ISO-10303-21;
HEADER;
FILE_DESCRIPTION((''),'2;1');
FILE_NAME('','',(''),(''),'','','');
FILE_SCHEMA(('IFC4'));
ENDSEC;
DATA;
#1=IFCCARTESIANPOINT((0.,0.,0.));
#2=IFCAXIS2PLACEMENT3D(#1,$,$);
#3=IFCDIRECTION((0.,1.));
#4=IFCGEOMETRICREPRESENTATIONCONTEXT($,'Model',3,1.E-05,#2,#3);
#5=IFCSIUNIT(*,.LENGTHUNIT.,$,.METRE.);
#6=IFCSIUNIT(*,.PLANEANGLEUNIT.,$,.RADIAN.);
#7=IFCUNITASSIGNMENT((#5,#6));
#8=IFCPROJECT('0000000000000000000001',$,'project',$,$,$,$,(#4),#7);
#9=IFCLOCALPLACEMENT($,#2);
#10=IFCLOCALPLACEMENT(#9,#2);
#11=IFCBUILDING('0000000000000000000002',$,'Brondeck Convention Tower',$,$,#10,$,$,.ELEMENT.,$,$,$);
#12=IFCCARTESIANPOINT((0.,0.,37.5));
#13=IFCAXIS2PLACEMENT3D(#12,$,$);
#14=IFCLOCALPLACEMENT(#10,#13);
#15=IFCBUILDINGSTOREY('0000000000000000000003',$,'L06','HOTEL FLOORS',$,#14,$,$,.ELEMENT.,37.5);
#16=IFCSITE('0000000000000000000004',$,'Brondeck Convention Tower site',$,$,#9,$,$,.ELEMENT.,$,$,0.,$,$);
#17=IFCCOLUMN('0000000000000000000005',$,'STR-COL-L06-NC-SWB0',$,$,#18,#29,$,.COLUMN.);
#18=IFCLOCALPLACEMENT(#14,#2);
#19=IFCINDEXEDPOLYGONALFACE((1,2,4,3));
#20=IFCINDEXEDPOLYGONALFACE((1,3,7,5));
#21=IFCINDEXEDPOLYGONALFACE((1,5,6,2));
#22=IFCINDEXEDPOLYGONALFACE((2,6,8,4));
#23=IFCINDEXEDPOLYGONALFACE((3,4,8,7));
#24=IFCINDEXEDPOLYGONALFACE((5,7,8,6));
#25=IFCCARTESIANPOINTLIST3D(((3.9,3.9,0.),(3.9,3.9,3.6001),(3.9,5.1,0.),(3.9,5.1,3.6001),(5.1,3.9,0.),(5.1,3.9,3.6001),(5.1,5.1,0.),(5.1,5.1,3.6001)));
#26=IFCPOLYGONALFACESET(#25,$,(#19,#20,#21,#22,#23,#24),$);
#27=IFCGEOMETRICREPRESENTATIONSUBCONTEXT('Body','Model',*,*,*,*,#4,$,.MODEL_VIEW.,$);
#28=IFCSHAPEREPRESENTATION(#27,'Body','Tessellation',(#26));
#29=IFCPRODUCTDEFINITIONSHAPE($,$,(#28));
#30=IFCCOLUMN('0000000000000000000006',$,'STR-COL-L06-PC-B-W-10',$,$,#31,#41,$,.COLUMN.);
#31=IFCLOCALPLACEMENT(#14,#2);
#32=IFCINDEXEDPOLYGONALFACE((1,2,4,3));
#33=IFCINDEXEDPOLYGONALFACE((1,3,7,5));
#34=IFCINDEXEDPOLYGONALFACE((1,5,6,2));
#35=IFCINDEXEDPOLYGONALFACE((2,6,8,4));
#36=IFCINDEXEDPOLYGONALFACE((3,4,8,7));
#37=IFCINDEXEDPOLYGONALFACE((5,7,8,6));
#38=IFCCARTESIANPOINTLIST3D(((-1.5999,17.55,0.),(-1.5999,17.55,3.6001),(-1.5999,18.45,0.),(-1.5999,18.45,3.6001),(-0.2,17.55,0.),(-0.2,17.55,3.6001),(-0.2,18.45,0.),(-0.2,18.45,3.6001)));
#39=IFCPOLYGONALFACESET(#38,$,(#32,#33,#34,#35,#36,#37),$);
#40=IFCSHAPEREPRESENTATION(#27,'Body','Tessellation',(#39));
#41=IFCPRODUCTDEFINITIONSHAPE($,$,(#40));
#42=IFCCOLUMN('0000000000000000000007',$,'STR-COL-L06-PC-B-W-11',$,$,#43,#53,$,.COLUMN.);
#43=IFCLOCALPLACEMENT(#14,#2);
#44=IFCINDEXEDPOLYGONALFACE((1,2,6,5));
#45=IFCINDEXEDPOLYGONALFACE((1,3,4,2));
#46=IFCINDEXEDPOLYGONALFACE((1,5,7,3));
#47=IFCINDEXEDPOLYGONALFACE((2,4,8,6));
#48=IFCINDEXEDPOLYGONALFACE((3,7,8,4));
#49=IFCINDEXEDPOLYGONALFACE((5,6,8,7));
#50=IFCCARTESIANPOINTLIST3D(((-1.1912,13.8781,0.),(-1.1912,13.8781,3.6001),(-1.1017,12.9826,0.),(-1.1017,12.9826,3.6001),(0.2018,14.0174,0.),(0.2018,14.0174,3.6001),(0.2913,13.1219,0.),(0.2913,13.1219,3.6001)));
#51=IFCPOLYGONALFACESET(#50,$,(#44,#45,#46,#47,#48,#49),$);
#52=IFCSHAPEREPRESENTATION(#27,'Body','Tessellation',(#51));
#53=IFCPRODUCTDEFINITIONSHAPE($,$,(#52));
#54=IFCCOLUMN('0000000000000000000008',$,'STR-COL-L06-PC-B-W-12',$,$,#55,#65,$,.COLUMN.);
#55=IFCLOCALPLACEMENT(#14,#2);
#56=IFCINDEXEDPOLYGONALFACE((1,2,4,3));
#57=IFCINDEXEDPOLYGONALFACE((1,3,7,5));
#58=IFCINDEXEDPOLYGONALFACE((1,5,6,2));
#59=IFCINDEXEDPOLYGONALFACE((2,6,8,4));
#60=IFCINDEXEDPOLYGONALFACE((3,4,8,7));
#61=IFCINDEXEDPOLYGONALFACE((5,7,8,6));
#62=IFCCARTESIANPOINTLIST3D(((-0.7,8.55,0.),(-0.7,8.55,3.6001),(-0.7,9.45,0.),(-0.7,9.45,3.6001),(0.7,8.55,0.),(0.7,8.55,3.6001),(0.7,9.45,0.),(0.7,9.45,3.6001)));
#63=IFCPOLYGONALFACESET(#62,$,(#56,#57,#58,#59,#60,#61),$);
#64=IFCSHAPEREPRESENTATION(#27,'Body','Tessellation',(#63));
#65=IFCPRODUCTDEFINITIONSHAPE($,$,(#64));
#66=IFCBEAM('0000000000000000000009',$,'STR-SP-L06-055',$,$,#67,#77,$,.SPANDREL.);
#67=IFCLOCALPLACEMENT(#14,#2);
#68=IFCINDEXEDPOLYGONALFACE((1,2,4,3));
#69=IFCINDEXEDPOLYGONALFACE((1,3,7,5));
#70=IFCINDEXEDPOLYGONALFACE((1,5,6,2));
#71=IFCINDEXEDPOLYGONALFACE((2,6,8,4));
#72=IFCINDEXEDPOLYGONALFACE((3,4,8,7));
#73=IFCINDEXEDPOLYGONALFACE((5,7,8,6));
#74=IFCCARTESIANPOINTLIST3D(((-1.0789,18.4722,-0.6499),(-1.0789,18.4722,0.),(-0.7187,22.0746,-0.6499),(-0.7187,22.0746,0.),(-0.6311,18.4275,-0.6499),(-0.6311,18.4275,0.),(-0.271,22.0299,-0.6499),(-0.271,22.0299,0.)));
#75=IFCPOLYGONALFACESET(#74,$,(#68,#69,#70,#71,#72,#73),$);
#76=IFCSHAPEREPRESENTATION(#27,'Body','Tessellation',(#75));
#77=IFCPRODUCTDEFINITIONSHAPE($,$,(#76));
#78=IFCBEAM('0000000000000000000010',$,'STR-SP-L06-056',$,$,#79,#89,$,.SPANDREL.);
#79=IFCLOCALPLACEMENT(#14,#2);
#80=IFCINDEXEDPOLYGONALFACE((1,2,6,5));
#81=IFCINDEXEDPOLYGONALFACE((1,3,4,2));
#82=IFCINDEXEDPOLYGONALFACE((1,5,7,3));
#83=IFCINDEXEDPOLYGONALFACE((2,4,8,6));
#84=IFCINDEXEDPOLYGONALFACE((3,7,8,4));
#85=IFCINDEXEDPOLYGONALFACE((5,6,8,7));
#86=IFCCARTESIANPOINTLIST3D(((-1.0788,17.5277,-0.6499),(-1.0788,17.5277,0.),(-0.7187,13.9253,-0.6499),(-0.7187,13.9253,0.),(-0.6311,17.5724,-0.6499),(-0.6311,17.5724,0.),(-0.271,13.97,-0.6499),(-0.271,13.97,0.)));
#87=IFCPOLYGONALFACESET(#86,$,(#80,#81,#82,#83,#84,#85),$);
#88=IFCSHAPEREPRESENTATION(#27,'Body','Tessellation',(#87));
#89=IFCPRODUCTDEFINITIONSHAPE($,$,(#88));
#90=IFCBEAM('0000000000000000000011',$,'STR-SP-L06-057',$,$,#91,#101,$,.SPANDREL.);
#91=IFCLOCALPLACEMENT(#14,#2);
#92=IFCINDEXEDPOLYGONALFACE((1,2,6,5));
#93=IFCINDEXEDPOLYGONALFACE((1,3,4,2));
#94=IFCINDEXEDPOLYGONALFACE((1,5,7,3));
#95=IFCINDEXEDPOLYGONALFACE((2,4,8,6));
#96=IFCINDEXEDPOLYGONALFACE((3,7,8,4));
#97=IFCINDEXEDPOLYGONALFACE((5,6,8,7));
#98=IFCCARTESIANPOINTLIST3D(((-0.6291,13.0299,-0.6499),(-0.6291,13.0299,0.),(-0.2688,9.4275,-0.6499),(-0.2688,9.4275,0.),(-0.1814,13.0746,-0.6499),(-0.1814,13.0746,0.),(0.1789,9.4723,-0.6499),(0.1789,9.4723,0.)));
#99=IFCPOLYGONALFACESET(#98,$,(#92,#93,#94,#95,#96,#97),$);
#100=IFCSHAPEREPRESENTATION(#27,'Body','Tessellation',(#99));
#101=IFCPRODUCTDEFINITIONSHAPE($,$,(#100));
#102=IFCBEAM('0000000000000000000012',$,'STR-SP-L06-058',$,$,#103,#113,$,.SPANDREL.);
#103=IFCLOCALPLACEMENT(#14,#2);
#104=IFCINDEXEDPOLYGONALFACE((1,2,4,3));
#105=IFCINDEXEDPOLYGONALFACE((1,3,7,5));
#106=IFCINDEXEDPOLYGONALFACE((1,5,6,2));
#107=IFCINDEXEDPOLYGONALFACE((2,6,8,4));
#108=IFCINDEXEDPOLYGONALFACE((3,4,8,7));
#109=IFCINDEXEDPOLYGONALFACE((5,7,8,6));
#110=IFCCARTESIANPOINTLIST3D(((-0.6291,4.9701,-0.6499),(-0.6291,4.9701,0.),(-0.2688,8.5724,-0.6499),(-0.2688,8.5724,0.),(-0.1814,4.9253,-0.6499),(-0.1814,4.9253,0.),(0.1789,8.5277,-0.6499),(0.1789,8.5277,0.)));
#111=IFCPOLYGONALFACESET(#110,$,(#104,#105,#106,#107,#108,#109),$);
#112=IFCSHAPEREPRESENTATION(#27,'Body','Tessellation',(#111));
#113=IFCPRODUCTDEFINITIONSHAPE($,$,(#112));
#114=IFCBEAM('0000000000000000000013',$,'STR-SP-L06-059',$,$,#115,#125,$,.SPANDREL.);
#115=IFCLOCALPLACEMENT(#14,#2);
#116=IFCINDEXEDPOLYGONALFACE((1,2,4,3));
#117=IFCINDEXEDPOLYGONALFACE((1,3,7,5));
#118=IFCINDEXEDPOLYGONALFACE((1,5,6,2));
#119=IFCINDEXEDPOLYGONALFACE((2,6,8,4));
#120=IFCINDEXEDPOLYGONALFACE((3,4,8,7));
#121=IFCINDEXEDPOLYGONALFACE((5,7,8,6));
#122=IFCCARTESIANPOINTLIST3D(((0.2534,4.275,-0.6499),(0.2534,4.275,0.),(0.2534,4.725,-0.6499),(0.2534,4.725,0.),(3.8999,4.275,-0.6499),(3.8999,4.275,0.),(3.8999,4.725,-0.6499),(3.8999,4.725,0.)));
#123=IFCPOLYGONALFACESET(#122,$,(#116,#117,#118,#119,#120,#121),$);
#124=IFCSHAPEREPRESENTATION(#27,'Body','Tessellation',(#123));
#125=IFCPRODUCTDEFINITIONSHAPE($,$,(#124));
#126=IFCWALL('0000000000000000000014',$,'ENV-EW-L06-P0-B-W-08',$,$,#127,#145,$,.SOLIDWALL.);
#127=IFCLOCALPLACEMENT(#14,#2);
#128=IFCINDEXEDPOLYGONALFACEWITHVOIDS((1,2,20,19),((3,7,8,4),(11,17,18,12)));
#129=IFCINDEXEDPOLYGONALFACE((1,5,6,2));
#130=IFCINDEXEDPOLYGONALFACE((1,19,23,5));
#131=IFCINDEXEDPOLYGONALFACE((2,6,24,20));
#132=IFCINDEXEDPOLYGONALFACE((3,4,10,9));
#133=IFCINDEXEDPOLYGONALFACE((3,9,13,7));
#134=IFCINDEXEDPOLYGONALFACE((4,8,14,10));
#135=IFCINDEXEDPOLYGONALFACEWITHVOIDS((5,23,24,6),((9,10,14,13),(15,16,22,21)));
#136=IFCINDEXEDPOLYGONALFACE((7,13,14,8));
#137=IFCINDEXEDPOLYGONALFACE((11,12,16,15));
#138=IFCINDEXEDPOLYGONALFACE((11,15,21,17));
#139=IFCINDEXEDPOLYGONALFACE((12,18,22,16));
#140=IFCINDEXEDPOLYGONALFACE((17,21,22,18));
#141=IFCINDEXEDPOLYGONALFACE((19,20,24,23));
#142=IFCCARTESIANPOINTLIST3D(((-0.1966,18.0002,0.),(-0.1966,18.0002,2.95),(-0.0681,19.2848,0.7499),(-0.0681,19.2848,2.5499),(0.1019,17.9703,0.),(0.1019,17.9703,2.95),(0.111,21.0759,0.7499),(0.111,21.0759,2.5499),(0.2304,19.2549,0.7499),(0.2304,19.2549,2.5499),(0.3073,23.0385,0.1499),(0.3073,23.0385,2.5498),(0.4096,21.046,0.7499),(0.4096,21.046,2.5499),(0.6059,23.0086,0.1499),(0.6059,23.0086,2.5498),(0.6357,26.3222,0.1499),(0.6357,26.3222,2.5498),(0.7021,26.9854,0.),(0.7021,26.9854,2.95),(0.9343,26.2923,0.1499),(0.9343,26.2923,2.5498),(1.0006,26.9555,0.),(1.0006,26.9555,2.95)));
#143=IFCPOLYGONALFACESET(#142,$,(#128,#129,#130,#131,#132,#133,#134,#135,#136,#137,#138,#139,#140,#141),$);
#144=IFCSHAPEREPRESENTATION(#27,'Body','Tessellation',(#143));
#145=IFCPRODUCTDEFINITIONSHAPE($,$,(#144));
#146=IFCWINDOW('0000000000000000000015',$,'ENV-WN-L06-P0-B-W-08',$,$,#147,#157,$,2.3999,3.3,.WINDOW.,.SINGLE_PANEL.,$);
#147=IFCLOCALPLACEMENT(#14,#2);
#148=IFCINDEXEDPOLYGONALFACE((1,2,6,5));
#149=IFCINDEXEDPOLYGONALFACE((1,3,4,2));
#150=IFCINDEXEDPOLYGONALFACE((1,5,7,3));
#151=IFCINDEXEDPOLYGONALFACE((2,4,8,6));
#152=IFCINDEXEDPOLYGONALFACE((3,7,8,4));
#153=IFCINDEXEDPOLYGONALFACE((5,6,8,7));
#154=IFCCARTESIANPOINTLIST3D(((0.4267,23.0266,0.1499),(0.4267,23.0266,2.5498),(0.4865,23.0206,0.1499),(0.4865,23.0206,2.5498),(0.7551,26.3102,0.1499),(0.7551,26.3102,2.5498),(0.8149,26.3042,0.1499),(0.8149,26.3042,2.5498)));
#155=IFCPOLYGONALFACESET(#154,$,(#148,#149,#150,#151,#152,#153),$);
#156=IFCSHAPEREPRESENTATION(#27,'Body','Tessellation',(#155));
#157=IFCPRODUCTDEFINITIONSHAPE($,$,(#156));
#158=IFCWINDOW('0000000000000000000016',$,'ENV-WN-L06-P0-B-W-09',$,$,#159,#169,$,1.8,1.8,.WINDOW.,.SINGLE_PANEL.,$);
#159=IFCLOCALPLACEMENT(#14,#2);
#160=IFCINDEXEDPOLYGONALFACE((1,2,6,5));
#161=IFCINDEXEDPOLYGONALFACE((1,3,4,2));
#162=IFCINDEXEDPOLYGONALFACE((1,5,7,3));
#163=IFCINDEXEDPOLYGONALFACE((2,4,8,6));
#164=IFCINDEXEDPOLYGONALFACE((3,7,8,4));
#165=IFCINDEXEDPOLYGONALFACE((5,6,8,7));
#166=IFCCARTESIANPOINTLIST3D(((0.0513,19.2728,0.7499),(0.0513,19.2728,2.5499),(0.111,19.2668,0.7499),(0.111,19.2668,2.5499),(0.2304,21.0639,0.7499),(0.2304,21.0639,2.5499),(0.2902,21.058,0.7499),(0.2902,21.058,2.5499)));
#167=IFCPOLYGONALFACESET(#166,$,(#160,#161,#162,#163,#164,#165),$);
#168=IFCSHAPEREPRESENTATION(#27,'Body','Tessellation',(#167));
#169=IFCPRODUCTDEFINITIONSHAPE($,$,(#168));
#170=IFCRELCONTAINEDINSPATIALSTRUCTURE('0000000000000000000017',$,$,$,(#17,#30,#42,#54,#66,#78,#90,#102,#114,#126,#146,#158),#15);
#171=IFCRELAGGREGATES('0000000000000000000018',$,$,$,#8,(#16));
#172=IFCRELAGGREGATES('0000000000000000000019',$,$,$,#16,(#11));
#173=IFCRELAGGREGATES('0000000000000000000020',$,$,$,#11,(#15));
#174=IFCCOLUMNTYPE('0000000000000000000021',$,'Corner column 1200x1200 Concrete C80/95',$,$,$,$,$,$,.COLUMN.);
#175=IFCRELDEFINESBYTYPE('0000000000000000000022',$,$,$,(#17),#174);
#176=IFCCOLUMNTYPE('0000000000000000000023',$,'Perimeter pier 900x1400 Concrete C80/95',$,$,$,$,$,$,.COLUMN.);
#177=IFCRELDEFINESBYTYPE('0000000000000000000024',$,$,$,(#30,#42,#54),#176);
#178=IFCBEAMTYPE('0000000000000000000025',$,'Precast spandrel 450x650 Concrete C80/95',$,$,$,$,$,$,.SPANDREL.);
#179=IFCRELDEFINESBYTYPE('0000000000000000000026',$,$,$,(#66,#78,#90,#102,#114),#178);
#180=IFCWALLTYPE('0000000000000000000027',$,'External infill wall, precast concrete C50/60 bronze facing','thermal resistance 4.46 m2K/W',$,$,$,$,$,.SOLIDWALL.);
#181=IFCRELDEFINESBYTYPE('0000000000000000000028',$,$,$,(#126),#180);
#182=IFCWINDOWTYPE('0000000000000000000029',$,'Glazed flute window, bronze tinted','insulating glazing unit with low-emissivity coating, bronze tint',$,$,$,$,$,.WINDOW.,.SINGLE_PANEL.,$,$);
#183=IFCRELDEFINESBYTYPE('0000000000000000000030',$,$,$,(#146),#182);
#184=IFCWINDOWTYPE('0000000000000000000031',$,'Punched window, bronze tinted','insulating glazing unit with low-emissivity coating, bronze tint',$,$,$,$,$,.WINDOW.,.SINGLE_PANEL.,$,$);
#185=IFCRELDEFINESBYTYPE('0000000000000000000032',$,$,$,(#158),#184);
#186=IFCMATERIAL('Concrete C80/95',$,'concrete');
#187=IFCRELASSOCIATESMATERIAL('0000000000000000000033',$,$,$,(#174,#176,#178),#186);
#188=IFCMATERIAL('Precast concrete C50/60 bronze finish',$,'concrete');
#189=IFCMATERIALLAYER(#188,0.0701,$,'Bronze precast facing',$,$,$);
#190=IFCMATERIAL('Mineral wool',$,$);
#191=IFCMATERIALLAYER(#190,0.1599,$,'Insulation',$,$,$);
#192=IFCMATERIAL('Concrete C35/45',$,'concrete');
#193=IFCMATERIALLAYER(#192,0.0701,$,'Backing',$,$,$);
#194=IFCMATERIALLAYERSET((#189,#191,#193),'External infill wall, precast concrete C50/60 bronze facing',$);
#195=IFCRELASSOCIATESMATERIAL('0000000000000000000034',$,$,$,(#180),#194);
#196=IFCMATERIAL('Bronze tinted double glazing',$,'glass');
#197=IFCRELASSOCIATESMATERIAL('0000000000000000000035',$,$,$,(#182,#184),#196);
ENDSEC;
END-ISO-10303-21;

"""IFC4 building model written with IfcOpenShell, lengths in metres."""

from ifc_helpers import new_model, si_unit, direction, frame, frame_2d, origin, origin_2d, place, context, subcontext, project, spatial, rectangle, extrude, material, layer, layer_set, material_profile, profile_set, type_object, element, fill, save


model = new_model("IFC4")

# Units and contexts
model_context = context("Model", 3, precision=1e-05, world=origin(), true_north=direction((0.0, 1.0)))
body_context = subcontext(model_context, "Body", "Model", "MODEL_VIEW")
ifc_project = project(units=[si_unit("LENGTHUNIT", "METRE"), si_unit("PLANEANGLEUNIT", "RADIAN")], contexts=[model_context])

# Site, building, storey
site_placement = place(None, origin())
site = spatial("IfcSite", under=ifc_project, at=site_placement, Name="Brondeck Convention Tower site", CompositionType="ELEMENT", RefElevation=0.0)
building_placement = place(site_placement, origin())
building = spatial("IfcBuilding", under=site, at=building_placement, Name="Brondeck Convention Tower", CompositionType="ELEMENT")
storey_placement = place(building_placement, frame((0.0, 0.0, 37.5)))
storey = spatial("IfcBuildingStorey", under=building, at=storey_placement, Name="L06", Description="HOTEL FLOORS", CompositionType="ELEMENT", Elevation=37.5)

# Columns
ifc_material_1 = material(Name="Concrete C80/95", Category="concrete")
ifc_material_profile_1 = material_profile(ifc_material_1, rectangle(XDim=1.2, YDim=1.2, at=origin_2d()), Name="Corner column 1200x1200 Concrete C80/95")
ifc_profile_set_1 = profile_set([ifc_material_profile_1], Name="Concrete C80/95")
column_type_1 = type_object("IfcColumnType", Name="Corner column 1200x1200 Concrete C80/95", PredefinedType="COLUMN", material=ifc_profile_set_1)
column_placement = place(storey_placement, frame((4.5, 4.5, 0.0), z_axis=(0.0, 0.0, 1.0), x_axis=(1.0, 0.0, 0.0)))
element("IfcColumn", 1, at=column_placement, inside=storey, type_object=column_type_1, Name="STR-COL-L06-NC-SWB0", PredefinedType="COLUMN", context=body_context, shape_type="SweptSolid", body=[
    extrude(rectangle(XDim=1.2, YDim=1.2, at=origin_2d()), origin(), (0.0, 0.0, 1.0), 3.6001),
])
ifc_material_profile_2 = material_profile(ifc_material_1, rectangle(XDim=0.8999, YDim=1.3999, at=origin_2d()), Name="Perimeter pier 900x1400 Concrete C80/95")
ifc_profile_set_2 = profile_set([ifc_material_profile_2], Name="Concrete C80/95")
column_type_2 = type_object("IfcColumnType", Name="Perimeter pier 900x1400 Concrete C80/95", PredefinedType="COLUMN", material=ifc_profile_set_2)
for number, where, z_axis, x_axis, name in (
    (2, (-0.8999, 18.0, 0.0), (0.0, 0.0, 1.0), (0.0, -1.0, 0.0), "STR-COL-L06-PC-B-W-10"),
    (3, (-0.45, 13.5, 0.0), (0.0, 0.0, 1.0), (0.099504, -0.995037, 0.0), "STR-COL-L06-PC-B-W-11"),
    (4, (0.0, 9.0, 0.0), (0.0, 0.0, 1.0), (0.0, -1.0, 0.0), "STR-COL-L06-PC-B-W-12"),
):
    element("IfcColumn", number, at=place(storey_placement, frame(where, z_axis=z_axis, x_axis=x_axis)), inside=storey, type_object=column_type_2, Name=name, PredefinedType="COLUMN", context=body_context, shape_type="SweptSolid", body=[
        extrude(rectangle(XDim=0.8999, YDim=1.3999, at=origin_2d()), origin(), (0.0, 0.0, 1.0), 3.6001),
    ])

# Beams
ifc_material_profile_3 = material_profile(ifc_material_1, rectangle(XDim=0.45, YDim=0.6499, at=origin_2d()), Name="Precast spandrel 450x650 Concrete C80/95")
ifc_profile_set_3 = profile_set([ifc_material_profile_3], Name="Concrete C80/95")
beam_type = type_object("IfcBeamType", Name="Precast spandrel 450x650 Concrete C80/95", PredefinedType="SPANDREL", material=ifc_profile_set_3)
for number, where, z_axis, x_axis, name in (
    (5, (-0.4949, 22.0522, -0.325), (-0.09947, -0.995041, 0.0), (0.995041, -0.09947, 0.0), "STR-SP-L06-055"),
    (6, (-0.855, 17.55, -0.325), (0.09947, -0.995041, 0.0), (0.995041, 0.09947, 0.0), "STR-SP-L06-056"),
    (7, (-0.4053, 13.0522, -0.325), (0.099537, -0.995034, 0.0), (0.995034, 0.099537, 0.0), "STR-SP-L06-057"),
    (8, (-0.0449, 8.55, -0.325), (-0.099537, -0.995034, 0.0), (0.995034, -0.099537, 0.0), "STR-SP-L06-058"),
):
    element("IfcBeam", number, at=place(storey_placement, frame(where, z_axis=z_axis, x_axis=x_axis)), inside=storey, type_object=beam_type, Name=name, PredefinedType="SPANDREL", context=body_context, shape_type="SweptSolid", body=[
        extrude(rectangle(XDim=0.45, YDim=0.6499, at=origin_2d()), origin(), (0.0, 0.0, 1.0), 3.6204),
    ])
beam_placement = place(storey_placement, frame((0.2534, 4.5, -0.325), z_axis=(1.0, 0.0, 0.0), x_axis=(0.0, 1.0, 0.0)))
element("IfcBeam", 9, at=beam_placement, inside=storey, type_object=beam_type, Name="STR-SP-L06-059", PredefinedType="SPANDREL", context=body_context, shape_type="SweptSolid", body=[
    extrude(rectangle(XDim=0.45, YDim=0.6499, at=origin_2d()), origin(), (0.0, 0.0, 1.0), 3.6465),
])

# Wall, openings, windows
ifc_material_2 = material(Name="Precast concrete C50/60 bronze finish", Category="concrete")
ifc_layer_1 = layer(ifc_material_2, 0.0701, Name="Bronze precast facing")
ifc_material_3 = material(Name="Mineral wool")
ifc_layer_2 = layer(ifc_material_3, 0.1599, Name="Insulation")
ifc_material_4 = material(Name="Concrete C35/45", Category="concrete")
ifc_layer_3 = layer(ifc_material_4, 0.0701, Name="Backing")
ifc_layer_set_1 = layer_set([ifc_layer_1, ifc_layer_2, ifc_layer_3], Name="External infill wall, precast concrete C50/60 bronze facing")
wall_type_1 = type_object("IfcWallType", Name="External infill wall, precast concrete C50/60 bronze facing", Description="thermal resistance 4.46 m2K/W", PredefinedType="SOLIDWALL", material=ifc_layer_set_1)
wall_1_placement = place(storey_placement, frame((-0.0474, 17.9851, 0.0), z_axis=(0.0, 0.0, 1.0), x_axis=(0.099522, 0.995035, 0.0)))
wall_1 = element("IfcWall", 10, at=wall_1_placement, inside=storey, type_object=wall_type_1, Name="ENV-EW-L06-P0-B-W-08", PredefinedType="SOLIDWALL", context=body_context, shape_type="SweptSolid", body=[
    extrude(rectangle(XDim=9.03, YDim=0.3, at=frame_2d((4.5151, 0.0))), origin(), (0.0, 0.0, 1.0), 2.95),
])
opening_1_placement = place(wall_1_placement, frame((1.2913, 0.0, 0.75)))
opening_1 = element("IfcOpeningElement", 11, at=opening_1_placement, cuts=wall_1, PredefinedType="OPENING", context=body_context, shape_type="SweptSolid", body=[
    extrude(rectangle(XDim=1.8, YDim=1.8, at=frame_2d((0.8999, 0.8999))), frame((0.0, 0.1599, 0.0), z_axis=(0.0, -1.0, 0.0), x_axis=(1.0, 0.0, 0.0)), (0.0, 0.0, 1.0), 0.3201),
])
opening_2_placement = place(wall_1_placement, frame((5.0637, 0.0, 0.1499)))
opening_2 = element("IfcOpeningElement", 12, at=opening_2_placement, cuts=wall_1, PredefinedType="OPENING", context=body_context, shape_type="SweptSolid", body=[
    extrude(rectangle(XDim=3.3, YDim=2.3999, at=frame_2d((1.6499, 1.2))), frame((0.0, 0.1599, 0.0), z_axis=(0.0, -1.0, 0.0), x_axis=(1.0, 0.0, 0.0)), (0.0, 0.0, 1.0), 0.3201),
])
ifc_material_5 = material(Name="Bronze tinted double glazing", Category="glass")
window_type_1 = type_object("IfcWindowType", Name="Glazed flute window, bronze tinted", Description="insulating glazing unit with low-emissivity coating, bronze tint", PartitioningType="SINGLE_PANEL", PredefinedType="WINDOW", material=ifc_material_5)
window_1_placement = place(opening_2_placement, origin())
window_1 = element("IfcWindow", 13, at=window_1_placement, inside=storey, type_object=window_type_1, Name="ENV-WN-L06-P0-B-W-08", OverallHeight=2.3999, OverallWidth=3.3, PartitioningType="SINGLE_PANEL", PredefinedType="WINDOW", context=body_context, shape_type="SweptSolid", body=[
    extrude(rectangle(XDim=3.3, YDim=2.3999, at=frame_2d((1.6499, 1.2))), frame((0.0, 0.03, 0.0), z_axis=(0.0, -1.0, 0.0), x_axis=(1.0, 0.0, 0.0)), (0.0, 0.0, 1.0), 0.0601),
])
fill(opening_2, window_1)
window_type_2 = type_object("IfcWindowType", Name="Punched window, bronze tinted", Description="insulating glazing unit with low-emissivity coating, bronze tint", PartitioningType="SINGLE_PANEL", PredefinedType="WINDOW", material=ifc_material_5)
window_2_placement = place(opening_1_placement, origin())
window_2 = element("IfcWindow", 14, at=window_2_placement, inside=storey, type_object=window_type_2, Name="ENV-WN-L06-P0-B-W-09", OverallHeight=1.8, OverallWidth=1.8, PartitioningType="SINGLE_PANEL", PredefinedType="WINDOW", context=body_context, shape_type="SweptSolid", body=[
    extrude(rectangle(XDim=1.8, YDim=1.8, at=frame_2d((0.8999, 0.8999))), frame((0.0, 0.03, 0.0), z_axis=(0.0, -1.0, 0.0), x_axis=(1.0, 0.0, 0.0)), (0.0, 0.0, 1.0), 0.0601),
])
fill(opening_1, window_2)

save(model, "model.ifc")
